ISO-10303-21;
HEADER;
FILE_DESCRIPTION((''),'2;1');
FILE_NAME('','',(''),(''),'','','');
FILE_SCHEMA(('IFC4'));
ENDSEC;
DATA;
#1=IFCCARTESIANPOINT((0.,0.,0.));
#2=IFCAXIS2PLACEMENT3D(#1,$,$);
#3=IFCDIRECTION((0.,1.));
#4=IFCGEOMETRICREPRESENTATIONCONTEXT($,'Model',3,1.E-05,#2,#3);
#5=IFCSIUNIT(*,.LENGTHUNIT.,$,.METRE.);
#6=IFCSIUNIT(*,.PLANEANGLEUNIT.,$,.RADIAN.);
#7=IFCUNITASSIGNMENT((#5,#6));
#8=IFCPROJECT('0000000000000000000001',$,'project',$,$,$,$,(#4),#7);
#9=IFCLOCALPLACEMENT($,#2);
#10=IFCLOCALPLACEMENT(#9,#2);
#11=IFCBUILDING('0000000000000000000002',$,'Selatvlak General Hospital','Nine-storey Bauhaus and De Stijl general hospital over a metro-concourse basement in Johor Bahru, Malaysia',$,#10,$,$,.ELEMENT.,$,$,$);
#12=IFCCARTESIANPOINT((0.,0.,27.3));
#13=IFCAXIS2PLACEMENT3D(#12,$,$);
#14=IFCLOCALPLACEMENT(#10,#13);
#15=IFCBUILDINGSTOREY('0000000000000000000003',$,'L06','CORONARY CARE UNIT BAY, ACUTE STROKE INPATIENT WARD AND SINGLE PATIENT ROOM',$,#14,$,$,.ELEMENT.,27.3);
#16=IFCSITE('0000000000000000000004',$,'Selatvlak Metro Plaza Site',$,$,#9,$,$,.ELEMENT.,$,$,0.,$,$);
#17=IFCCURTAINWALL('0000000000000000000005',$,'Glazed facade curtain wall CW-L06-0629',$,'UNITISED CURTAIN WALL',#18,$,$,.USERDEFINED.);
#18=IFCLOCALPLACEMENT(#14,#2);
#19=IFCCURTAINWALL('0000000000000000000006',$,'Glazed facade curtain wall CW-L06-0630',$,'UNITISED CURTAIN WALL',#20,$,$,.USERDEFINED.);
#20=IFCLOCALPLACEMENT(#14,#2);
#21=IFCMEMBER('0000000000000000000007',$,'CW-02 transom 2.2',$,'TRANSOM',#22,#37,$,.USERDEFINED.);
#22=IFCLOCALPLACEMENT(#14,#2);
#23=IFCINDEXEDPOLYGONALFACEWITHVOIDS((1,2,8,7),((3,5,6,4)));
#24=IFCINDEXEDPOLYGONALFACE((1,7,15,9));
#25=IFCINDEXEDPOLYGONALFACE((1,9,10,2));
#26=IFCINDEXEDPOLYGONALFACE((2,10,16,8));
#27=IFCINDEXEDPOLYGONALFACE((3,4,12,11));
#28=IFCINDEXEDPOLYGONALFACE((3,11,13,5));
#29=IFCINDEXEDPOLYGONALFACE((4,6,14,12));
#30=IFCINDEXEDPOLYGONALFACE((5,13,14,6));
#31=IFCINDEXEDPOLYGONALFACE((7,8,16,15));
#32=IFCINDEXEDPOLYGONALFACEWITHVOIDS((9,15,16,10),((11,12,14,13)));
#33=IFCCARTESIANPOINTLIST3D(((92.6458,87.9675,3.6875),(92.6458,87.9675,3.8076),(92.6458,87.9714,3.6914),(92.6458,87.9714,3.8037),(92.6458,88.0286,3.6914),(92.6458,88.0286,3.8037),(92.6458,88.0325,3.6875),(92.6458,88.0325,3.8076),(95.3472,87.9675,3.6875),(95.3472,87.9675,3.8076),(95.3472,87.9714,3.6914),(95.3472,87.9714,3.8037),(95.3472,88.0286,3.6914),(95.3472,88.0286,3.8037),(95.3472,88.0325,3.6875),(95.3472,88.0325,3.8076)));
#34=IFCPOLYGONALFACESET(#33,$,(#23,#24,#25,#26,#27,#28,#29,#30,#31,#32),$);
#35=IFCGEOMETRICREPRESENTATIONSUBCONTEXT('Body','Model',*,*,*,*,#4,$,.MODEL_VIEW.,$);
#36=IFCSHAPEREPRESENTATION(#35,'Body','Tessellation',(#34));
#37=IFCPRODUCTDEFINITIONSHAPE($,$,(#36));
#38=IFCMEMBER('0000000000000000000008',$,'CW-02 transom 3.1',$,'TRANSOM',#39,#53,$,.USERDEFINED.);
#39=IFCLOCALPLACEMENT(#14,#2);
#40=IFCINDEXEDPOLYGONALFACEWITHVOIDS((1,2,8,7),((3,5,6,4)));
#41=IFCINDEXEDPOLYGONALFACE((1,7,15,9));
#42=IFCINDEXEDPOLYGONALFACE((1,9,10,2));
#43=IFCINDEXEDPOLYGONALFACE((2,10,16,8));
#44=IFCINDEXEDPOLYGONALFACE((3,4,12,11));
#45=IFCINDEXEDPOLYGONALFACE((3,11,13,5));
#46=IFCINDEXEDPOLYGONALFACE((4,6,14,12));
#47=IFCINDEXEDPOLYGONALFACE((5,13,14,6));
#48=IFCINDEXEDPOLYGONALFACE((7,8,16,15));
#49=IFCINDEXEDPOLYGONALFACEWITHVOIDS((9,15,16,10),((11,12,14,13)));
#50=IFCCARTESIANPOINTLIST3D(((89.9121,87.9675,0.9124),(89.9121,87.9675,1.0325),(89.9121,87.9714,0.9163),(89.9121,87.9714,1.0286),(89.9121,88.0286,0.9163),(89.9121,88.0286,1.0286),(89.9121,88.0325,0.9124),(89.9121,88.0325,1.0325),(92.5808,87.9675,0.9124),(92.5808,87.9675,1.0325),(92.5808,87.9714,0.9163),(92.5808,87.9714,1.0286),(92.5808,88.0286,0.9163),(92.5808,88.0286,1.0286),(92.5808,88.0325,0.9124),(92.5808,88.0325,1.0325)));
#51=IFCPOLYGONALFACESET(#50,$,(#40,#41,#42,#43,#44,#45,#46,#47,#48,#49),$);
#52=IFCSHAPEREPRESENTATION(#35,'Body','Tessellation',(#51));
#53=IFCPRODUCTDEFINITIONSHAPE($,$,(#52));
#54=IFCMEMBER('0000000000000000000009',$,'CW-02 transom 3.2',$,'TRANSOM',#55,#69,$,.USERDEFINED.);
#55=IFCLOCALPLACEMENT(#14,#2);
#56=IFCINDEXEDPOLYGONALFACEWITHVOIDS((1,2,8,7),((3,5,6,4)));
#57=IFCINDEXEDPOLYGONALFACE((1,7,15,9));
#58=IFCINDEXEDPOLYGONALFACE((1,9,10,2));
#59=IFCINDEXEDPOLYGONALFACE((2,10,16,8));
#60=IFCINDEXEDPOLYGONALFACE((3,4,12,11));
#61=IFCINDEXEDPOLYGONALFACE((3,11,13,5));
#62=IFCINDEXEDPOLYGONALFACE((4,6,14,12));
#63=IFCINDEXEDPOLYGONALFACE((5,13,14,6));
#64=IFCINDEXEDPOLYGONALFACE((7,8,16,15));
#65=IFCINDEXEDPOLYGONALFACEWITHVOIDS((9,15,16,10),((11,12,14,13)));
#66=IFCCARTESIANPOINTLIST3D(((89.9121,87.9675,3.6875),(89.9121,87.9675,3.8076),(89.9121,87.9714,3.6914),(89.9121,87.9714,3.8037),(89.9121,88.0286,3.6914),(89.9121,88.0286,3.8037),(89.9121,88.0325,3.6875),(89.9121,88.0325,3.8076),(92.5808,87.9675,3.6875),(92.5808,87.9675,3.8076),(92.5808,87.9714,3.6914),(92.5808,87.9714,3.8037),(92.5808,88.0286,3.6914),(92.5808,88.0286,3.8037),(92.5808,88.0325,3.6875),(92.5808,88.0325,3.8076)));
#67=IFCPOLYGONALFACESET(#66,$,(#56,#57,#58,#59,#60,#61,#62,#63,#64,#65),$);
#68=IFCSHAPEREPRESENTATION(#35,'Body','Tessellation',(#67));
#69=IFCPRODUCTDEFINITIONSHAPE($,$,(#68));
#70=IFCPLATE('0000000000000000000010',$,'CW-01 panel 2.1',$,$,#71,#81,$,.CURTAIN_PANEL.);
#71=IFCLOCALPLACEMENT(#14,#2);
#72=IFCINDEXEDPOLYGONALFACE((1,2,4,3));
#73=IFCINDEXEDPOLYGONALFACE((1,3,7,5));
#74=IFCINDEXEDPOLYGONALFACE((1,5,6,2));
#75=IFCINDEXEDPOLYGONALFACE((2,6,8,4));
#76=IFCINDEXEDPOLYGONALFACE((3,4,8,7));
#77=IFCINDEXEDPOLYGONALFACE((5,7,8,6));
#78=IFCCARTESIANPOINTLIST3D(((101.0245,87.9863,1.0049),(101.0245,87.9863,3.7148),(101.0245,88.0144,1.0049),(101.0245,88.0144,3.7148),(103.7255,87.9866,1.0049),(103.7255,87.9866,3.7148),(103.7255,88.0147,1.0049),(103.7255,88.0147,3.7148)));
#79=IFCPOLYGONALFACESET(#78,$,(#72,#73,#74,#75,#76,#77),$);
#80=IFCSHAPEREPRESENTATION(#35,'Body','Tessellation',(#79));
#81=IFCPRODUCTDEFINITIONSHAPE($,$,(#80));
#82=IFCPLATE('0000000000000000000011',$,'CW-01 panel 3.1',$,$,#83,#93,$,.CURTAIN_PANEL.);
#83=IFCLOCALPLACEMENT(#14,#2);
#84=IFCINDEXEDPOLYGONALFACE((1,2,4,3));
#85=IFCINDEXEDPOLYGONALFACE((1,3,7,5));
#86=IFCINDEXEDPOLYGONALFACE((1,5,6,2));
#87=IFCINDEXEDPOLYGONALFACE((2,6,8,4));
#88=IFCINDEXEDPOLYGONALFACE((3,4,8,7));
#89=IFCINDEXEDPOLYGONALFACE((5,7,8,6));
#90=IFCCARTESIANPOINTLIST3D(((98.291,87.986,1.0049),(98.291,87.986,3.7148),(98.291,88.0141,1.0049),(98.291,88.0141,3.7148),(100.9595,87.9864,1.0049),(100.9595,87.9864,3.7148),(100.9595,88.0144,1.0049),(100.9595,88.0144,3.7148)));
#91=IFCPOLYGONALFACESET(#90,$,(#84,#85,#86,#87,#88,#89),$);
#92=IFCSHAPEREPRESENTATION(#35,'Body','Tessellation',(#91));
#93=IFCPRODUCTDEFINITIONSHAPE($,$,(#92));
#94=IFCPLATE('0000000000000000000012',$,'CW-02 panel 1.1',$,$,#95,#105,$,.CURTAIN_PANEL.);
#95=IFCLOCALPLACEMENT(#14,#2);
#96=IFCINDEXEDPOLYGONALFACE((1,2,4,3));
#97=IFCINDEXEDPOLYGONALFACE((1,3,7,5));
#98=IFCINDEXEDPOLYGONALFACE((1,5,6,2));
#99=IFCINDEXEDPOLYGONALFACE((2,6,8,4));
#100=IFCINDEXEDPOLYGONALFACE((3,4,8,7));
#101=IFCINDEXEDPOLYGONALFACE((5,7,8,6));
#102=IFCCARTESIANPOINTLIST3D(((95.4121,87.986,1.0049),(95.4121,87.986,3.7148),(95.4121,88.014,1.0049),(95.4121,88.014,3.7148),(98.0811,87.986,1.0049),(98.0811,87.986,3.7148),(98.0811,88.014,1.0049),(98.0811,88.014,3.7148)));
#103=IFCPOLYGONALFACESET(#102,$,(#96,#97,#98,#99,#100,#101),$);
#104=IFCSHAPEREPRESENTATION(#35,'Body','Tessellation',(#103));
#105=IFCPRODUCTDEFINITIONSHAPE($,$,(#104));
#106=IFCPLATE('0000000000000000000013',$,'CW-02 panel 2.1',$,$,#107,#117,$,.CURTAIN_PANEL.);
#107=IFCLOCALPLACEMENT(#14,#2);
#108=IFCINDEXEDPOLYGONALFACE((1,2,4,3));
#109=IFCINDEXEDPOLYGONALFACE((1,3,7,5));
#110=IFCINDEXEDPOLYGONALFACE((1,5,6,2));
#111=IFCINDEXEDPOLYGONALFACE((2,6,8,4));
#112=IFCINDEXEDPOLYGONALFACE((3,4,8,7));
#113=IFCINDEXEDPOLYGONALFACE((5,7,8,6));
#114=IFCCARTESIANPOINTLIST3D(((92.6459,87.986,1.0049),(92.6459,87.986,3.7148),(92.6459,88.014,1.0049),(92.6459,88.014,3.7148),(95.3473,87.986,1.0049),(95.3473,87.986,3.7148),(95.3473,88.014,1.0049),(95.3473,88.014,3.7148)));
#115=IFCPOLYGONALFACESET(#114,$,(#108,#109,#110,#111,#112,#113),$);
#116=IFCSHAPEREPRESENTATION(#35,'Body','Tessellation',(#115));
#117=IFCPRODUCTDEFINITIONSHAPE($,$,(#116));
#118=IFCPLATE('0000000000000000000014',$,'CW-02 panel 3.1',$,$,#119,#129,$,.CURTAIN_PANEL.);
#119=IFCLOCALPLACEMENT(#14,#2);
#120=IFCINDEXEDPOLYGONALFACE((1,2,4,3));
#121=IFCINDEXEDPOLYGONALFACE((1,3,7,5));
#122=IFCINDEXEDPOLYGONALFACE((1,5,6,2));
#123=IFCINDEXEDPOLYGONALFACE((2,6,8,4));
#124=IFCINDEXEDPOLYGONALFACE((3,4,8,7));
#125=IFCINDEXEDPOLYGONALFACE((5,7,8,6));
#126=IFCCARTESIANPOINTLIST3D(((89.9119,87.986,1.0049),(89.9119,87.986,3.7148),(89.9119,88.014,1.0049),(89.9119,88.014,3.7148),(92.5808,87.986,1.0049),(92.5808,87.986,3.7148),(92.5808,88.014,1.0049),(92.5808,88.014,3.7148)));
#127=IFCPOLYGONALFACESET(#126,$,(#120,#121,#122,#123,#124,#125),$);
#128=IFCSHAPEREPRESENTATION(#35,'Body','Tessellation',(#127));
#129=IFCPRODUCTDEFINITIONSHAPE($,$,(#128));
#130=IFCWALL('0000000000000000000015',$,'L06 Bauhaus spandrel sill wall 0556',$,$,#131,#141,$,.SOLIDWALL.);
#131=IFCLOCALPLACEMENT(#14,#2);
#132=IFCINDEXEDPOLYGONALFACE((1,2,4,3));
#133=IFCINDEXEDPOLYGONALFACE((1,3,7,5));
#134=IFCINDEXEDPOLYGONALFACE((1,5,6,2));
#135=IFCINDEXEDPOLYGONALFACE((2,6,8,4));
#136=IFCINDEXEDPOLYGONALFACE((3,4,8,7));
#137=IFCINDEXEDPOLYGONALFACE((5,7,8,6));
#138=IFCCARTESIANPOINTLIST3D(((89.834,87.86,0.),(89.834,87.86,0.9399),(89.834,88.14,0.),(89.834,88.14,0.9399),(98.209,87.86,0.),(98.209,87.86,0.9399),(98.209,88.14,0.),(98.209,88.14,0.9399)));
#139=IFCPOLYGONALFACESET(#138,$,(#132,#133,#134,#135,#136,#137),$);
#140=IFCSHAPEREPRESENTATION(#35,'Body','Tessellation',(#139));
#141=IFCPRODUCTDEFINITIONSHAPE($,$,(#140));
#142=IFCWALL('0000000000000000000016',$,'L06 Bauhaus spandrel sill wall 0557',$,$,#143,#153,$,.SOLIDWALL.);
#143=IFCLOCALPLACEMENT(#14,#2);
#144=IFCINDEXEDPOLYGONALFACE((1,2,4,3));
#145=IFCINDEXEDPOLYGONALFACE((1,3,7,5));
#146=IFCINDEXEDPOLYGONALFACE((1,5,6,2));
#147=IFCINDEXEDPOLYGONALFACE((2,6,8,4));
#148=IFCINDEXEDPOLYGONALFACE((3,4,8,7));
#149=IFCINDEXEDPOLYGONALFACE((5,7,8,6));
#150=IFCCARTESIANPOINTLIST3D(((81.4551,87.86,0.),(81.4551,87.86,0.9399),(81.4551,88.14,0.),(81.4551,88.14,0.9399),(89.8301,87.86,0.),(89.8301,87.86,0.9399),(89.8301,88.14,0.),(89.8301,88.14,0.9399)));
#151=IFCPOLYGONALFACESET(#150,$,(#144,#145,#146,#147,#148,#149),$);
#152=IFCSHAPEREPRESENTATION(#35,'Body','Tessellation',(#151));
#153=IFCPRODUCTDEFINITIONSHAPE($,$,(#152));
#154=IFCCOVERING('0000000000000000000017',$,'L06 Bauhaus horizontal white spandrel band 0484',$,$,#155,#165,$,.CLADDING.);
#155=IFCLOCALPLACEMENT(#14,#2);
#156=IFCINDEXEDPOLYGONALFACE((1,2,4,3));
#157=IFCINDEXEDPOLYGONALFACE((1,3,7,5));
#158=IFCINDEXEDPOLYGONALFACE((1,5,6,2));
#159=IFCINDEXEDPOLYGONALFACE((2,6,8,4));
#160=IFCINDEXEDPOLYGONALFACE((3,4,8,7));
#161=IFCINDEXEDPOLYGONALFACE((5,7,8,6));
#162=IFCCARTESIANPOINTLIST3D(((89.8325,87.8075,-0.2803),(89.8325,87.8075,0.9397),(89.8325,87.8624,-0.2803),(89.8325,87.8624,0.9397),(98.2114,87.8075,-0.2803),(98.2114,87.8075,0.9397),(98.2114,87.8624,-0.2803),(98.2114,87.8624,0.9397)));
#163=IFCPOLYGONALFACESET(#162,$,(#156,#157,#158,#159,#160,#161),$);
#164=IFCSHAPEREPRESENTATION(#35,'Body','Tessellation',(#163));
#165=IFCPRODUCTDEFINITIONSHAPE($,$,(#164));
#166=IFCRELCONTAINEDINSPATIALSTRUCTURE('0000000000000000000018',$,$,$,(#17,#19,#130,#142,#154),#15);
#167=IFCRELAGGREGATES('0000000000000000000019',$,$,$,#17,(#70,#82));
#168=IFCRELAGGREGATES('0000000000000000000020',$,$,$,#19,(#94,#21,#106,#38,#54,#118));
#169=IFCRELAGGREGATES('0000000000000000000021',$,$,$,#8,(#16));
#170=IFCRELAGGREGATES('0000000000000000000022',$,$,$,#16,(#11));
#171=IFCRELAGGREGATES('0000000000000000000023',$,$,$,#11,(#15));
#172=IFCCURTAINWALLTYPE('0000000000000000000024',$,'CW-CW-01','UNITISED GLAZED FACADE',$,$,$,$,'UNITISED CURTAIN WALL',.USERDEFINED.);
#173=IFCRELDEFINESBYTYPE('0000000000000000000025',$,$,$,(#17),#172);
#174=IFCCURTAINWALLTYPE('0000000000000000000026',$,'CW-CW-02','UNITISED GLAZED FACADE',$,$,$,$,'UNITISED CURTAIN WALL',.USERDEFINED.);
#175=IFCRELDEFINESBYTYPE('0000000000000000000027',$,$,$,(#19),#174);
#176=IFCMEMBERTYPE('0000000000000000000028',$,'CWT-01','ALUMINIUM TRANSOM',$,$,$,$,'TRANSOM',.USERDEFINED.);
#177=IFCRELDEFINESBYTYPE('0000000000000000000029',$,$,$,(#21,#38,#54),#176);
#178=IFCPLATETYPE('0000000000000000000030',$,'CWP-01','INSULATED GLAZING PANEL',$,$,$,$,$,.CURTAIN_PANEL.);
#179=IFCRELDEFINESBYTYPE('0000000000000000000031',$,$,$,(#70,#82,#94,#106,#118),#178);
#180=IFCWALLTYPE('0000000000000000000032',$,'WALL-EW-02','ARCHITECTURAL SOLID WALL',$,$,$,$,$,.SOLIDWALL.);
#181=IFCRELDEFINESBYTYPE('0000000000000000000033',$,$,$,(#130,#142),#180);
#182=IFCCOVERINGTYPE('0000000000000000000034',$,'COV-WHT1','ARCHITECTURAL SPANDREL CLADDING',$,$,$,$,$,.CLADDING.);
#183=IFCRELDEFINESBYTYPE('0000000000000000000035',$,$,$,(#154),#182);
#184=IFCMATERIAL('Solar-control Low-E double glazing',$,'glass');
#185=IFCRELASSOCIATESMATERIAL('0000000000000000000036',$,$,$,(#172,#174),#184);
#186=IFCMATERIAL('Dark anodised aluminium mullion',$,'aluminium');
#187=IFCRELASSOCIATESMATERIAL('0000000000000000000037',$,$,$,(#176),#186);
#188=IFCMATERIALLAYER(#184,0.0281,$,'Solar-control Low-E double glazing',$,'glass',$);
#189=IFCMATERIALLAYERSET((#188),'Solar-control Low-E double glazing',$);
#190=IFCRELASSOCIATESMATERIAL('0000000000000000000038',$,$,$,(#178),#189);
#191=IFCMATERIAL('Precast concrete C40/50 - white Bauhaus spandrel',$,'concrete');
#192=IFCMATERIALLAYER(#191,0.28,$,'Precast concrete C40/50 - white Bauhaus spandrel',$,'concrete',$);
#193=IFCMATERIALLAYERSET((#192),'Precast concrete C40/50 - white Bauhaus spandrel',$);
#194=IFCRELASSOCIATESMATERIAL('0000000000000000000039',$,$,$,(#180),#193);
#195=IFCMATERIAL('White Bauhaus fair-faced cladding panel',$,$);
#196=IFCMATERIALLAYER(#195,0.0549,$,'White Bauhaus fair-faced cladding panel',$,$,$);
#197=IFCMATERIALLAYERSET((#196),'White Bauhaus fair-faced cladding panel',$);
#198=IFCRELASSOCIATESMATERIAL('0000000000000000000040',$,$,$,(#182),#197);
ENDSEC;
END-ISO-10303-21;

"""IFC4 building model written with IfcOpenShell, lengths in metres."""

from ifc_helpers import new_model, si_unit, direction, frame, frame_2d, origin, origin_2d, place, context, subcontext, project, spatial, rectangle, hollow_rectangle, extrude, material, layer, layer_set, material_profile, profile_set, type_object, element, aggregate, save


model = new_model("IFC4")

# Units and contexts
model_context = context("Model", 3, precision=1e-05, world=origin(), true_north=direction((0.0, 1.0)))
body_context = subcontext(model_context, "Body", "Model", "MODEL_VIEW")
ifc_project = project(units=[si_unit("LENGTHUNIT", "METRE"), si_unit("PLANEANGLEUNIT", "RADIAN")], contexts=[model_context])

# Site, building, storey
site_placement = place(None, origin())
site = spatial("IfcSite", under=ifc_project, at=site_placement, Name="Selatvlak Metro Plaza Site", CompositionType="ELEMENT", RefElevation=0.0)
building_placement = place(site_placement, origin())
building = spatial("IfcBuilding", under=site, at=building_placement, Name="Selatvlak General Hospital", Description="Nine-storey Bauhaus and De Stijl general hospital over a metro-concourse basement in Johor Bahru, Malaysia", CompositionType="ELEMENT")
storey_placement = place(building_placement, frame((0.0, 0.0, 27.3)))
storey = spatial("IfcBuildingStorey", under=building, at=storey_placement, Name="L06", Description="CORONARY CARE UNIT BAY, ACUTE STROKE INPATIENT WARD AND SINGLE PATIENT ROOM", CompositionType="ELEMENT", Elevation=27.3)

# Curtain walls
ifc_material_1 = material(Name="Solar-control Low-E double glazing", Category="glass")
curtain_wall_type_1 = type_object("IfcCurtainWallType", Name="CW-CW-01", Description="UNITISED GLAZED FACADE", ElementType="UNITISED CURTAIN WALL", PredefinedType="USERDEFINED", material=ifc_material_1)
curtain_wall_1_placement = place(storey_placement, origin())
curtain_wall_1 = element("IfcCurtainWall", 1, at=curtain_wall_1_placement, inside=storey, type_object=curtain_wall_type_1, Name="Glazed facade curtain wall CW-L06-0629", ObjectType="UNITISED CURTAIN WALL", PredefinedType="USERDEFINED")
ifc_material_2 = material(Name="Dark anodised aluminium mullion", Category="aluminium")
curtain_wall_type_2 = type_object("IfcCurtainWallType", Name="CW-CW-02", Description="UNITISED GLAZED FACADE", ElementType="UNITISED CURTAIN WALL", PredefinedType="USERDEFINED", material=ifc_material_1)
curtain_wall_2_placement = place(storey_placement, origin())
curtain_wall_2 = element("IfcCurtainWall", 2, at=curtain_wall_2_placement, inside=storey, type_object=curtain_wall_type_2, Name="Glazed facade curtain wall CW-L06-0630", ObjectType="UNITISED CURTAIN WALL", PredefinedType="USERDEFINED")

# Members
ifc_material_profile_1 = material_profile(ifc_material_2, hollow_rectangle(XDim=0.0649, YDim=0.1201, WallThickness=0.0039, at=origin_2d()), Name="AL-TRN 65x120x4")
ifc_profile_set_1 = profile_set([ifc_material_profile_1], Name="Dark anodised aluminium mullion")
member_type_1 = type_object("IfcMemberType", Name="CWT-01", Description="ALUMINIUM TRANSOM", ElementType="TRANSOM", PredefinedType="USERDEFINED", material=ifc_profile_set_1)
member_1_placement = place(storey_placement, frame((95.3472, 88.0, 3.7476), z_axis=(-1.0, 0.0, 0.0), x_axis=(0.0, -1.0, 0.0)))
member_1 = element("IfcMember", 3, at=member_1_placement, type_object=member_type_1, Name="CW-02 transom 2.2", ObjectType="TRANSOM", PredefinedType="USERDEFINED", context=body_context, shape_type="SweptSolid", body=[
    extrude(hollow_rectangle(XDim=0.0649, YDim=0.1201, WallThickness=0.0039, at=origin_2d()), origin(), (0.0, 0.0, 1.0), 2.7014),
])
member_2_placement = place(storey_placement, frame((92.5808, 88.0, 0.9724), z_axis=(-1.0, 0.0, 0.0), x_axis=(0.0, -1.0, 0.0)))
member_2 = element("IfcMember", 4, at=member_2_placement, type_object=member_type_1, Name="CW-02 transom 3.1", ObjectType="TRANSOM", PredefinedType="USERDEFINED", context=body_context, shape_type="SweptSolid", body=[
    extrude(hollow_rectangle(XDim=0.0649, YDim=0.1201, WallThickness=0.0039, at=origin_2d()), origin(), (0.0, 0.0, 1.0), 2.6687),
])
member_3_placement = place(storey_placement, frame((92.5808, 88.0, 3.7476), z_axis=(-1.0, 0.0, 0.0), x_axis=(0.0, -1.0, 0.0)))
member_3 = element("IfcMember", 5, at=member_3_placement, type_object=member_type_1, Name="CW-02 transom 3.2", ObjectType="TRANSOM", PredefinedType="USERDEFINED", context=body_context, shape_type="SweptSolid", body=[
    extrude(hollow_rectangle(XDim=0.0649, YDim=0.1201, WallThickness=0.0039, at=origin_2d()), origin(), (0.0, 0.0, 1.0), 2.6687),
])

# Plates
ifc_layer_1 = layer(ifc_material_1, 0.0281, Name="Solar-control Low-E double glazing", Category="glass")
ifc_layer_set_1 = layer_set([ifc_layer_1], Name="Solar-control Low-E double glazing")
plate_type = type_object("IfcPlateType", Name="CWP-01", Description="INSULATED GLAZING PANEL", PredefinedType="CURTAIN_PANEL", material=ifc_layer_set_1)
plate_1_placement = place(storey_placement, frame((102.375, 88.0005, 1.0049), z_axis=(0.0, 0.0, 1.0), x_axis=(-1.0, -0.000121, 0.0)))
plate_1 = element("IfcPlate", 6, at=plate_1_placement, type_object=plate_type, Name="CW-01 panel 2.1", PredefinedType="CURTAIN_PANEL", context=body_context, shape_type="SweptSolid", body=[
    extrude(rectangle(XDim=2.7009, YDim=0.0281, at=origin_2d()), origin(), (0.0, 0.0, 1.0), 2.71),
])
plate_2_placement = place(storey_placement, frame((99.6252, 88.0002, 1.0049), z_axis=(0.0, 0.0, 1.0), x_axis=(-1.0, -0.000121, 0.0)))
plate_2 = element("IfcPlate", 7, at=plate_2_placement, type_object=plate_type, Name="CW-01 panel 3.1", PredefinedType="CURTAIN_PANEL", context=body_context, shape_type="SweptSolid", body=[
    extrude(rectangle(XDim=2.6685, YDim=0.0281, at=origin_2d()), origin(), (0.0, 0.0, 1.0), 2.71),
])
aggregate(curtain_wall_1, [plate_1, plate_2])
plate_3_placement = place(storey_placement, frame((96.7466, 88.0, 1.0049), z_axis=(0.0, 0.0, 1.0), x_axis=(-1.0, 0.0, 0.0)))
plate_3 = element("IfcPlate", 8, at=plate_3_placement, type_object=plate_type, Name="CW-02 panel 1.1", PredefinedType="CURTAIN_PANEL", context=body_context, shape_type="SweptSolid", body=[
    extrude(rectangle(XDim=2.6689, YDim=0.0281, at=origin_2d()), origin(), (0.0, 0.0, 1.0), 2.71),
])
plate_4_placement = place(storey_placement, frame((93.9966, 88.0, 1.0049), z_axis=(0.0, 0.0, 1.0), x_axis=(-1.0, 0.0, 0.0)))
plate_4 = element("IfcPlate", 9, at=plate_4_placement, type_object=plate_type, Name="CW-02 panel 2.1", PredefinedType="CURTAIN_PANEL", context=body_context, shape_type="SweptSolid", body=[
    extrude(rectangle(XDim=2.7014, YDim=0.0281, at=origin_2d()), origin(), (0.0, 0.0, 1.0), 2.71),
])
plate_5_placement = place(storey_placement, frame((91.2463, 88.0, 1.0049), z_axis=(0.0, 0.0, 1.0), x_axis=(-1.0, 0.0, 0.0)))
plate_5 = element("IfcPlate", 10, at=plate_5_placement, type_object=plate_type, Name="CW-02 panel 3.1", PredefinedType="CURTAIN_PANEL", context=body_context, shape_type="SweptSolid", body=[
    extrude(rectangle(XDim=2.6689, YDim=0.0281, at=origin_2d()), origin(), (0.0, 0.0, 1.0), 2.71),
])
aggregate(curtain_wall_2, [plate_3, member_1, plate_4, member_2, member_3, plate_5])

# Walls
ifc_material_3 = material(Name="Precast concrete C40/50 - white Bauhaus spandrel", Category="concrete")
ifc_layer_2 = layer(ifc_material_3, 0.28, Name="Precast concrete C40/50 - white Bauhaus spandrel", Category="concrete")
ifc_layer_set_2 = layer_set([ifc_layer_2], Name="Precast concrete C40/50 - white Bauhaus spandrel")
wall_type = type_object("IfcWallType", Name="WALL-EW-02", Description="ARCHITECTURAL SOLID WALL", PredefinedType="SOLIDWALL", material=ifc_layer_set_2)
for number, where, z_axis, x_axis, name in (
    (11, (98.209, 88.0, 0.0), (0.0, 0.0, 1.0), (-1.0, 0.0, 0.0), "L06 Bauhaus spandrel sill wall 0556"),
    (12, (89.8301, 88.0, 0.0), (0.0, 0.0, 1.0), (-1.0, 0.0, 0.0), "L06 Bauhaus spandrel sill wall 0557"),
):
    element("IfcWall", number, at=place(storey_placement, frame(where, z_axis=z_axis, x_axis=x_axis)), inside=storey, type_object=wall_type, Name=name, PredefinedType="SOLIDWALL", context=body_context, shape_type="SweptSolid", body=[
        extrude(rectangle(XDim=8.375, YDim=0.28, at=frame_2d((4.1875, 0.0))), origin(), (0.0, 0.0, 1.0), 0.9399),
    ])

# Covering
ifc_material_4 = material(Name="White Bauhaus fair-faced cladding panel")
ifc_layer_3 = layer(ifc_material_4, 0.0549, Name="White Bauhaus fair-faced cladding panel")
ifc_layer_set_3 = layer_set([ifc_layer_3], Name="White Bauhaus fair-faced cladding panel")
covering_type = type_object("IfcCoveringType", Name="COV-WHT1", Description="ARCHITECTURAL SPANDREL CLADDING", PredefinedType="CLADDING", material=ifc_layer_set_3)
covering_placement = place(storey_placement, frame((94.022, 87.835, -0.2803), z_axis=(0.0, 0.0, 1.0), x_axis=(-1.0, 0.0, 0.0)))
element("IfcCovering", 13, at=covering_placement, inside=storey, type_object=covering_type, Name="L06 Bauhaus horizontal white spandrel band 0484", PredefinedType="CLADDING", context=body_context, shape_type="SweptSolid", body=[
    extrude(rectangle(XDim=8.3789, YDim=0.0549, at=origin_2d()), origin(), (0.0, 0.0, 1.0), 1.22),
])

save(model, "model.ifc")
